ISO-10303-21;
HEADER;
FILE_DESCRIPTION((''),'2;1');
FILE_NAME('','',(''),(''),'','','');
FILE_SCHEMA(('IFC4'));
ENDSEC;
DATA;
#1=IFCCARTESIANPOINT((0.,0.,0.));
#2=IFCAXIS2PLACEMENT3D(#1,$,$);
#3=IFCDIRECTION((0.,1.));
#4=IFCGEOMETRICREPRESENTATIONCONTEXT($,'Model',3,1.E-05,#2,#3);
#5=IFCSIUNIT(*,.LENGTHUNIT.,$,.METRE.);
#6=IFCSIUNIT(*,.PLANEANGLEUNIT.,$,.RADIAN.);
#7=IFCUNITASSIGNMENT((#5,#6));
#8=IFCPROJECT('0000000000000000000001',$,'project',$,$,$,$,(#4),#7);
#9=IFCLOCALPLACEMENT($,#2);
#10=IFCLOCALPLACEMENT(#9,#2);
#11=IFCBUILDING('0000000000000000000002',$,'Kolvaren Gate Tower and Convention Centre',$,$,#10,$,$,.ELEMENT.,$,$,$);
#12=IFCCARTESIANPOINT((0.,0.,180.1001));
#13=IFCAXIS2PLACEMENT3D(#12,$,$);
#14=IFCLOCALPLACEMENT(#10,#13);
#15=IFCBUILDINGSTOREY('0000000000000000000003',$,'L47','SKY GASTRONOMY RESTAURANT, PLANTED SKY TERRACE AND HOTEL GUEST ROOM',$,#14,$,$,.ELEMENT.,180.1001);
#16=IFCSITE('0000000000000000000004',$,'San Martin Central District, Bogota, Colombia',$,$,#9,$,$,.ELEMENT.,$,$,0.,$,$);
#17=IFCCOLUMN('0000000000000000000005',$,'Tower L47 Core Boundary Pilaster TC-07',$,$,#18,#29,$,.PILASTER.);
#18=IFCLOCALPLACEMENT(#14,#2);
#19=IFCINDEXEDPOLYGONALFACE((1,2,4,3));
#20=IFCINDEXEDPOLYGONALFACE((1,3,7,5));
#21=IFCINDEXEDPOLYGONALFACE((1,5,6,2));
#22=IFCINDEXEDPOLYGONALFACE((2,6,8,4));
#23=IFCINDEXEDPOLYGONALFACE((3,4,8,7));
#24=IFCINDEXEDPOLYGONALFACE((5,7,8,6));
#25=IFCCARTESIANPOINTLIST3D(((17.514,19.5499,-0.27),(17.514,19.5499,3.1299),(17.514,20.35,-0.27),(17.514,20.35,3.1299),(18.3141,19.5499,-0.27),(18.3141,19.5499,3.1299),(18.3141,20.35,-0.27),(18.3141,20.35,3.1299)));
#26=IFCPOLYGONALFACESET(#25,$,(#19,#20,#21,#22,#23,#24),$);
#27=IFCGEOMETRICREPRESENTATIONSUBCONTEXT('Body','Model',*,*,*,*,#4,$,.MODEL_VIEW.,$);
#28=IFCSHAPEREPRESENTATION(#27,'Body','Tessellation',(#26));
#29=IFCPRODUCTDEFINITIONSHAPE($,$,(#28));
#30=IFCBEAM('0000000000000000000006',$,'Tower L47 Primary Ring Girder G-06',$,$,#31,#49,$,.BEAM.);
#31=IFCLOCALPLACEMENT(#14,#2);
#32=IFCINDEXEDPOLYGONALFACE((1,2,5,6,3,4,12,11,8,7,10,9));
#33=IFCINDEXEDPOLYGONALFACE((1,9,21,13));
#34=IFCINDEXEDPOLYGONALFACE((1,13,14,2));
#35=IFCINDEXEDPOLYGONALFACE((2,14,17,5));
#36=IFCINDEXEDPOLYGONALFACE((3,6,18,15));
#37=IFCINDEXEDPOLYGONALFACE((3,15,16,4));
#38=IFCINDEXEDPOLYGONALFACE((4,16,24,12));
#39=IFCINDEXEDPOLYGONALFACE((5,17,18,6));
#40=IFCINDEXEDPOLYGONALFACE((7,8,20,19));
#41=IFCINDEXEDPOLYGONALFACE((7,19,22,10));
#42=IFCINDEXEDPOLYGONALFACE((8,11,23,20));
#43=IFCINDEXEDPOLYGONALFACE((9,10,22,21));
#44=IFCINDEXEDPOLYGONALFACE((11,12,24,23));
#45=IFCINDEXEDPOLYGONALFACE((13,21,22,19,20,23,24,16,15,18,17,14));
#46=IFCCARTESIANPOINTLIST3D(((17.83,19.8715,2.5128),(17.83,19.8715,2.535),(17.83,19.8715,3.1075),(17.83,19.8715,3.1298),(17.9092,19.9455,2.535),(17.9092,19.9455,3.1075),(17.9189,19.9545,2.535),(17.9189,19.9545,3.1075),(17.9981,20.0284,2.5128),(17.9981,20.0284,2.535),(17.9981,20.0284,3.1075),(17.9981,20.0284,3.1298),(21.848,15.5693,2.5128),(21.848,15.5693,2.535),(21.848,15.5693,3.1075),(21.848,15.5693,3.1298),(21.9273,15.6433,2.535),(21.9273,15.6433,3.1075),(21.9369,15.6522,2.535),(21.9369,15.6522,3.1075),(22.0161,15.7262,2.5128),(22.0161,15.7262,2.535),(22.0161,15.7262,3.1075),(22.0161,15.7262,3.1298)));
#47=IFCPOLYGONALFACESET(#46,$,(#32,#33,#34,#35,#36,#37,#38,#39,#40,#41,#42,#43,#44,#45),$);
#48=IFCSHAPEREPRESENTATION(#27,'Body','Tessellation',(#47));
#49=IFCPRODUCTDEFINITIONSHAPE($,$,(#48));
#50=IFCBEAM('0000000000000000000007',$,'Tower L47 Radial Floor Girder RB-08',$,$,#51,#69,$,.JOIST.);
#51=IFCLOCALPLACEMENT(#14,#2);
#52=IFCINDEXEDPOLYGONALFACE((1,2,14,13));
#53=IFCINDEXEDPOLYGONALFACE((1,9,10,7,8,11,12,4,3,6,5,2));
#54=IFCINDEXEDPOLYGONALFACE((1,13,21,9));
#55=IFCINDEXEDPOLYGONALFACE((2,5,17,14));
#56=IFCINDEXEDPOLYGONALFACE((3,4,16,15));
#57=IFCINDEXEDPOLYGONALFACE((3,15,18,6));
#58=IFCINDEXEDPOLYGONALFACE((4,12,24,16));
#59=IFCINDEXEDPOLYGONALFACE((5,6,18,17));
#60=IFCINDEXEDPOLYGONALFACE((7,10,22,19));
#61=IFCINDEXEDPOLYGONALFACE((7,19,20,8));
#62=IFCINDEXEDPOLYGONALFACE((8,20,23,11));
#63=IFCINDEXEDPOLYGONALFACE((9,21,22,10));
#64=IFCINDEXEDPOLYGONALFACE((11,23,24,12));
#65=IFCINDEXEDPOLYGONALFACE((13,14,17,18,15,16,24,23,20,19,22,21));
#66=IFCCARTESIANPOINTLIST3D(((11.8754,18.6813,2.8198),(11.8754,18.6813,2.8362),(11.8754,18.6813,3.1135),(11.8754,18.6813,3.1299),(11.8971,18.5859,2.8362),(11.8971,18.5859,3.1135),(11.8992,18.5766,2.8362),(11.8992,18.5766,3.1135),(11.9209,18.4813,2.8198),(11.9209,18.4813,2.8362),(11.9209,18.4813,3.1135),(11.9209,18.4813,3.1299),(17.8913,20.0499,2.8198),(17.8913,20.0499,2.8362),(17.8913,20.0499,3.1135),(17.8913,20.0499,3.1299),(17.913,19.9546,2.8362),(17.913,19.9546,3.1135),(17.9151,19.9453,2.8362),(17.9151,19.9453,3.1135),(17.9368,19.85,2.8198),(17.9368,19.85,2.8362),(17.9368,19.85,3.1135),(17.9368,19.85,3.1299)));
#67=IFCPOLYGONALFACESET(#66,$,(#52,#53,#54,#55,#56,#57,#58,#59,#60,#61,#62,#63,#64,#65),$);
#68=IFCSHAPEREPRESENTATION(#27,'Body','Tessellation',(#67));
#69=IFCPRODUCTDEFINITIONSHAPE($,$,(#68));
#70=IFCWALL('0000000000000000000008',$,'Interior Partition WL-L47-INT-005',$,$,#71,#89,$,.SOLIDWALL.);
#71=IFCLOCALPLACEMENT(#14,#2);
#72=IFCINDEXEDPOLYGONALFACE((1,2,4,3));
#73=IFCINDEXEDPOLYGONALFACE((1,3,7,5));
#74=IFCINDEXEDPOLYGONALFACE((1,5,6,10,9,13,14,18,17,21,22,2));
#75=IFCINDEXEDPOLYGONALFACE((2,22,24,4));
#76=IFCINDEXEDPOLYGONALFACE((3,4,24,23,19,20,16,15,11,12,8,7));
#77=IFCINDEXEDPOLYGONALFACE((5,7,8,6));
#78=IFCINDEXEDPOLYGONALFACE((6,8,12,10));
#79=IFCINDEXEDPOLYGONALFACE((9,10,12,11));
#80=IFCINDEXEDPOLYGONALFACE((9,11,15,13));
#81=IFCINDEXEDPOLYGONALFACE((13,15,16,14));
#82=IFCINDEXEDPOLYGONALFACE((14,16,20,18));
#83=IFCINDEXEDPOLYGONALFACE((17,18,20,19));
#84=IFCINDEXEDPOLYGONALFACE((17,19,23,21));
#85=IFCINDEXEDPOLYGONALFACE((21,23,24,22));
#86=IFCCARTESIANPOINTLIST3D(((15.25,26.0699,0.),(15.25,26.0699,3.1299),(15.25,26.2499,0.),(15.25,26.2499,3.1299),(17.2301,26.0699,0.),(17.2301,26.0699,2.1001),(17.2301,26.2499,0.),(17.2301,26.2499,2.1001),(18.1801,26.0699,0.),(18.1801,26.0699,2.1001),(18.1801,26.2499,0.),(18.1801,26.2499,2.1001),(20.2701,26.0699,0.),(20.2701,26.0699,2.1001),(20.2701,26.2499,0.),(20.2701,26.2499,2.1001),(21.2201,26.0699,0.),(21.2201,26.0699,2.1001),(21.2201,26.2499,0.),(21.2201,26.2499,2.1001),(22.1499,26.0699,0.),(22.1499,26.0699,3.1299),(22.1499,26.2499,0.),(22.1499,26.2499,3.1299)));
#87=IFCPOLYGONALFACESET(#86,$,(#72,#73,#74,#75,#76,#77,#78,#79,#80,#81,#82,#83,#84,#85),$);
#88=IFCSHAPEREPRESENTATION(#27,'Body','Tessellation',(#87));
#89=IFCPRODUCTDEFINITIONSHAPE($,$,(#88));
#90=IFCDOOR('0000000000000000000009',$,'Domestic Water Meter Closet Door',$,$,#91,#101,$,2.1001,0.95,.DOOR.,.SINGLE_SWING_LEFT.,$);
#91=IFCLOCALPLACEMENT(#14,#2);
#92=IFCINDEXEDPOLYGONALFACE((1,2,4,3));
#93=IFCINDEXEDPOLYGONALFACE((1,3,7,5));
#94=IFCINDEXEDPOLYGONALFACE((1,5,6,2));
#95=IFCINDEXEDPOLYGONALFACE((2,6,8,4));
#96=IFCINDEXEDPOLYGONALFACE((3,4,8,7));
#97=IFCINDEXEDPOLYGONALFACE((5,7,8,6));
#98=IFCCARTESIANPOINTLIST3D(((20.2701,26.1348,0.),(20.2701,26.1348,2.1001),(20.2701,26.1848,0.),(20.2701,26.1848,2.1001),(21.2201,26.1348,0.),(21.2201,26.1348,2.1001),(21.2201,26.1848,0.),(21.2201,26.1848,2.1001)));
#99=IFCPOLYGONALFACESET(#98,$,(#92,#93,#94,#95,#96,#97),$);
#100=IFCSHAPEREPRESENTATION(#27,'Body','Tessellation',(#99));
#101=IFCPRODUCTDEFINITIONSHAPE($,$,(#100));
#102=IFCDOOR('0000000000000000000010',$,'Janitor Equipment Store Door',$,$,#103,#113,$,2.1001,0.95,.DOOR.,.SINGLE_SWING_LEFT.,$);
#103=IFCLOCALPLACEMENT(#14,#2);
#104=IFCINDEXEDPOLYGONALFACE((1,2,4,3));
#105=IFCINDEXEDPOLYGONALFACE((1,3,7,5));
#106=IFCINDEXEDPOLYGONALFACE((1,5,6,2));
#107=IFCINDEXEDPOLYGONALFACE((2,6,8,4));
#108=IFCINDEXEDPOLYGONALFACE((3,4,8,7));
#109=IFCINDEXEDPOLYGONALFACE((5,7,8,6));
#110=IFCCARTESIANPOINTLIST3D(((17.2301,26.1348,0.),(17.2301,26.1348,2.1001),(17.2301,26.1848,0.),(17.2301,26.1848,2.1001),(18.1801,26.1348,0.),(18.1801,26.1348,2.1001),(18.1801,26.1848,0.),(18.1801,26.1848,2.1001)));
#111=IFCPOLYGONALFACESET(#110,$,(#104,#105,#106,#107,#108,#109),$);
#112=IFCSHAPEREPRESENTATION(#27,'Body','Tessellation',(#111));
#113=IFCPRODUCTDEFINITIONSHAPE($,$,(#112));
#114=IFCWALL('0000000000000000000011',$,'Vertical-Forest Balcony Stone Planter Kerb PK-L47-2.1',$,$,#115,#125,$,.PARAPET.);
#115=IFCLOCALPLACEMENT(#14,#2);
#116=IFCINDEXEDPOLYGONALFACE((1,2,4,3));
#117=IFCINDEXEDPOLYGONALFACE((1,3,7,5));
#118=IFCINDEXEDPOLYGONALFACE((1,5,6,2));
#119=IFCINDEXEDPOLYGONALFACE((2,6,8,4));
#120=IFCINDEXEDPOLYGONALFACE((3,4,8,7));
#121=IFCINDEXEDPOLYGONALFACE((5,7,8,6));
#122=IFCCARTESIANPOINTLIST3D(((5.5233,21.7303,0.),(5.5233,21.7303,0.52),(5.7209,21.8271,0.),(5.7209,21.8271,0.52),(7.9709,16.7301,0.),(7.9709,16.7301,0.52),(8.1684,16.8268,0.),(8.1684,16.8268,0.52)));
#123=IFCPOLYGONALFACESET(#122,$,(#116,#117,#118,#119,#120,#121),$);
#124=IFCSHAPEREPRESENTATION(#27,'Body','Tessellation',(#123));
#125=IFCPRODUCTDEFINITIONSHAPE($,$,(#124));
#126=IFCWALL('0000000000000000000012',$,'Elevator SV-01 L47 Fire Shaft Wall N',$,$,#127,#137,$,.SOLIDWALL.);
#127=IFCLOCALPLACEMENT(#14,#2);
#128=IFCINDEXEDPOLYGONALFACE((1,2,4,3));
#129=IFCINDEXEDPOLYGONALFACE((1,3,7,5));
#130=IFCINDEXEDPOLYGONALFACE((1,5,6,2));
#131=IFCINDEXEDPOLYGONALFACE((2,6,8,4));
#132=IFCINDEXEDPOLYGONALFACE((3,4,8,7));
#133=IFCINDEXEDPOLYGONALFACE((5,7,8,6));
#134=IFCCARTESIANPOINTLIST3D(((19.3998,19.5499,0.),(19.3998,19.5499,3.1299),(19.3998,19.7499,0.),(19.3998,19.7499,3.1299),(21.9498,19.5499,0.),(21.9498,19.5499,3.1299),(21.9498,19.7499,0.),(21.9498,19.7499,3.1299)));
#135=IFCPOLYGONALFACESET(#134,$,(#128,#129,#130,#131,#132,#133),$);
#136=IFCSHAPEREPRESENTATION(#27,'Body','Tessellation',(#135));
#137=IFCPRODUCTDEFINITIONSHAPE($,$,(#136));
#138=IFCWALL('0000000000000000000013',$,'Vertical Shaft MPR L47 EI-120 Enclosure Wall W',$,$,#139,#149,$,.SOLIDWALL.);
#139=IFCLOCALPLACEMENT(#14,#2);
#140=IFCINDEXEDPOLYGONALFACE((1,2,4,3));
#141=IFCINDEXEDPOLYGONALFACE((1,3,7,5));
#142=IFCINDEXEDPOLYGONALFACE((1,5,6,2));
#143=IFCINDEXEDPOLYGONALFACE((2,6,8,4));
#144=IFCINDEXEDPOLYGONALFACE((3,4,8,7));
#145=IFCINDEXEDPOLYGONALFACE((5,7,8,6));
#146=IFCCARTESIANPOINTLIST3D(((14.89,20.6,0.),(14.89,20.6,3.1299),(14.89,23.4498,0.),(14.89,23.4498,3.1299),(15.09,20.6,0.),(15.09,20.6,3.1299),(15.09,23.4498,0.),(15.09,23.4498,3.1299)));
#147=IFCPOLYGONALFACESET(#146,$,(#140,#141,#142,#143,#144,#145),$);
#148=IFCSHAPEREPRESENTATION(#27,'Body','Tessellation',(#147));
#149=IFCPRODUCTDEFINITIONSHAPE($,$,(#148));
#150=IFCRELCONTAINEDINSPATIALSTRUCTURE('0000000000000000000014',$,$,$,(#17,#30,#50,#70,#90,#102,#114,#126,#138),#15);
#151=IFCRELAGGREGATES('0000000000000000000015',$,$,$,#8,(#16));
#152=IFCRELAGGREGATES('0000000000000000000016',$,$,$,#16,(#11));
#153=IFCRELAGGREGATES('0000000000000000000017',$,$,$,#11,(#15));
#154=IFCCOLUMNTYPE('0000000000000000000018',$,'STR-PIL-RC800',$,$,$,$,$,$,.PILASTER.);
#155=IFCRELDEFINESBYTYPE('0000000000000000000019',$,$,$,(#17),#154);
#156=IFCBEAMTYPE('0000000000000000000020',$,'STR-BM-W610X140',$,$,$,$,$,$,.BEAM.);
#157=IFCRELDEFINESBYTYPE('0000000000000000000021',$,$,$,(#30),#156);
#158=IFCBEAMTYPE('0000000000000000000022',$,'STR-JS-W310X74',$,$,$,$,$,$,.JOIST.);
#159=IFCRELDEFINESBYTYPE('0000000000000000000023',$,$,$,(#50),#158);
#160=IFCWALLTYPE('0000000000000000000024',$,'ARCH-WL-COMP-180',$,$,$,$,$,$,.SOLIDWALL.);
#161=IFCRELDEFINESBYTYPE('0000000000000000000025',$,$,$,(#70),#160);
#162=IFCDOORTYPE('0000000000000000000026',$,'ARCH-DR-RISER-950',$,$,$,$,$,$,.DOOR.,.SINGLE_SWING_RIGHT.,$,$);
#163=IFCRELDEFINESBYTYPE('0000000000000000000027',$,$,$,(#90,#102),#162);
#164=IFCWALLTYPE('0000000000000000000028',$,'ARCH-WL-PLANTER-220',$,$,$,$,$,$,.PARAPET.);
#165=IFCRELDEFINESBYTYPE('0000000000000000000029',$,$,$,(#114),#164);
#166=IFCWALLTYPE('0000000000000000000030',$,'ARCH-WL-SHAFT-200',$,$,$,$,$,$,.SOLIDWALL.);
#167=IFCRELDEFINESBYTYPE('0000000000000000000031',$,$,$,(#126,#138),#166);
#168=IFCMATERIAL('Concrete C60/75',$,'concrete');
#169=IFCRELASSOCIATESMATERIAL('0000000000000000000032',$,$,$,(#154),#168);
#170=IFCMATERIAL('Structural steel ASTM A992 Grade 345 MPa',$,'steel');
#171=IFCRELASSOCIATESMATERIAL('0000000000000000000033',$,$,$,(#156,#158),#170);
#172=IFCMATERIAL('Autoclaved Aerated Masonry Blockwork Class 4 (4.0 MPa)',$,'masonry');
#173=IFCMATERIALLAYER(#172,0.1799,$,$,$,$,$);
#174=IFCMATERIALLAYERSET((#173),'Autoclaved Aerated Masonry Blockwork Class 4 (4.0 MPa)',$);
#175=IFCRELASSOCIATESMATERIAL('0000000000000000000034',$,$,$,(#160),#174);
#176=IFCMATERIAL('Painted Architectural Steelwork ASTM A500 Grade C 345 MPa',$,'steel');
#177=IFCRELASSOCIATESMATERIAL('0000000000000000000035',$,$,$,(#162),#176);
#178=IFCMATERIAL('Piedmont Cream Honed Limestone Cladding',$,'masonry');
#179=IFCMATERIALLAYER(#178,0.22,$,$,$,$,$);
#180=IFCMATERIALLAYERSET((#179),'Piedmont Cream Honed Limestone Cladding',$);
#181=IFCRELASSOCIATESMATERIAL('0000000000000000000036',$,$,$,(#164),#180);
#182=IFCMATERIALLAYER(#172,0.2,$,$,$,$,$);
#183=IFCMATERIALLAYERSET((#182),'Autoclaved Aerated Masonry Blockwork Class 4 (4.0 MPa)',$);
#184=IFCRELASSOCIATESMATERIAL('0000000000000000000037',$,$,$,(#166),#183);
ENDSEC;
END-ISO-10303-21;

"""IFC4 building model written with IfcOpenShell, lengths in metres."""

from ifc_helpers import new_model, si_unit, direction, frame, frame_2d, origin, origin_2d, place, context, subcontext, project, spatial, rectangle, i_section, extrude, material, layer, layer_set, material_profile, profile_set, type_object, element, fill, save


model = new_model("IFC4")

# Units and contexts
model_context = context("Model", 3, precision=1e-05, world=origin(), true_north=direction((0.0, 1.0)))
body_context = subcontext(model_context, "Body", "Model", "MODEL_VIEW")
ifc_project = project(units=[si_unit("LENGTHUNIT", "METRE"), si_unit("PLANEANGLEUNIT", "RADIAN")], contexts=[model_context])

# Site, building, storey
site_placement = place(None, origin())
site = spatial("IfcSite", under=ifc_project, at=site_placement, Name="San Martin Central District, Bogota, Colombia", CompositionType="ELEMENT", RefElevation=0.0)
building_placement = place(site_placement, origin())
building = spatial("IfcBuilding", under=site, at=building_placement, Name="Kolvaren Gate Tower and Convention Centre", CompositionType="ELEMENT")
storey_placement = place(building_placement, frame((0.0, 0.0, 180.1001)))
storey = spatial("IfcBuildingStorey", under=building, at=storey_placement, Name="L47", Description="SKY GASTRONOMY RESTAURANT, PLANTED SKY TERRACE AND HOTEL GUEST ROOM", CompositionType="ELEMENT", Elevation=180.1001)

# Column
ifc_material_1 = material(Name="Concrete C60/75", Category="concrete")
ifc_material_profile_1 = material_profile(ifc_material_1, rectangle(XDim=0.8, YDim=0.8, at=origin_2d()), Name="RC-COL-800X800")
ifc_profile_set_1 = profile_set([ifc_material_profile_1], Name="Concrete C60/75")
column_type = type_object("IfcColumnType", Name="STR-PIL-RC800", PredefinedType="PILASTER", material=ifc_profile_set_1)
column_placement = place(storey_placement, frame((17.9141, 19.95, -0.27), z_axis=(0.0, 0.0, 1.0), x_axis=(1.0, 0.0, 0.0)))
element("IfcColumn", 1, at=column_placement, inside=storey, type_object=column_type, Name="Tower L47 Core Boundary Pilaster TC-07", PredefinedType="PILASTER", context=body_context, shape_type="SweptSolid", body=[
    extrude(rectangle(XDim=0.8, YDim=0.8, at=origin_2d()), origin(), (0.0, 0.0, 1.0), 3.3999),
])

# Beams
ifc_material_2 = material(Name="Structural steel ASTM A992 Grade 345 MPa", Category="steel")
ifc_material_profile_2 = material_profile(ifc_material_2, i_section(OverallWidth=0.23, OverallDepth=0.6169, WebThickness=0.0132, FlangeThickness=0.0222, at=origin_2d()), Name="W610X140")
ifc_profile_set_2 = profile_set([ifc_material_profile_2], Name="Structural steel ASTM A992 Grade 345 MPa")
beam_type_1 = type_object("IfcBeamType", Name="STR-BM-W610X140", PredefinedType="BEAM", material=ifc_profile_set_2)
beam_1_placement = place(storey_placement, frame((17.9141, 19.95, 2.8213), z_axis=(0.682558, -0.730832, 0.0), x_axis=(0.730832, 0.682558, 0.0)))
element("IfcBeam", 2, at=beam_1_placement, inside=storey, type_object=beam_type_1, Name="Tower L47 Primary Ring Girder G-06", PredefinedType="BEAM", context=body_context, shape_type="SweptSolid", body=[
    extrude(i_section(OverallWidth=0.23, OverallDepth=0.6169, WebThickness=0.0132, FlangeThickness=0.0222, at=origin_2d()), origin(), (0.0, 0.0, 1.0), 5.8867),
])
ifc_material_profile_3 = material_profile(ifc_material_2, i_section(OverallWidth=0.2051, OverallDepth=0.3101, WebThickness=0.0095, FlangeThickness=0.0164, at=origin_2d()), Name="W310X74")
ifc_profile_set_3 = profile_set([ifc_material_profile_3], Name="Structural steel ASTM A992 Grade 345 MPa")
beam_type_2 = type_object("IfcBeamType", Name="STR-JS-W310X74", PredefinedType="JOIST", material=ifc_profile_set_3)
beam_2_placement = place(storey_placement, frame((17.9141, 19.95, 2.9749), z_axis=(-0.975083, -0.221838, 0.0), x_axis=(0.221838, -0.975083, 0.0)))
element("IfcBeam", 3, at=beam_2_placement, inside=storey, type_object=beam_type_2, Name="Tower L47 Radial Floor Girder RB-08", PredefinedType="JOIST", context=body_context, shape_type="SweptSolid", body=[
    extrude(i_section(OverallWidth=0.2051, OverallDepth=0.3101, WebThickness=0.0095, FlangeThickness=0.0164, at=origin_2d()), origin(), (0.0, 0.0, 1.0), 6.1697),
])

# Wall, openings, doors
ifc_material_3 = material(Name="Autoclaved Aerated Masonry Blockwork Class 4 (4.0 MPa)", Category="masonry")
ifc_layer_1 = layer(ifc_material_3, 0.1799)
ifc_layer_set_1 = layer_set([ifc_layer_1], Name="Autoclaved Aerated Masonry Blockwork Class 4 (4.0 MPa)")
wall_type_1 = type_object("IfcWallType", Name="ARCH-WL-COMP-180", PredefinedType="SOLIDWALL", material=ifc_layer_set_1)
wall_1_placement = place(storey_placement, frame((15.25, 26.1599, 0.0), z_axis=(0.0, 0.0, 1.0), x_axis=(1.0, 0.0, 0.0)))
wall_1 = element("IfcWall", 4, at=wall_1_placement, inside=storey, type_object=wall_type_1, Name="Interior Partition WL-L47-INT-005", PredefinedType="SOLIDWALL", context=body_context, shape_type="SweptSolid", body=[
    extrude(rectangle(XDim=6.8999, YDim=0.1799, at=frame_2d((3.45, 0.0))), origin(), (0.0, 0.0, 1.0), 3.1299),
])
opening_1_placement = place(wall_1_placement, frame((5.02, 0.0, 0.0)))
opening_1 = element("IfcOpeningElement", 5, at=opening_1_placement, cuts=wall_1, PredefinedType="OPENING", context=body_context, shape_type="SweptSolid", body=[
    extrude(rectangle(XDim=0.95, YDim=2.1001, at=frame_2d((0.4751, 1.05))), frame((0.0, 0.0999, 0.0), z_axis=(0.0, -1.0, 0.0), x_axis=(1.0, 0.0, 0.0)), (0.0, 0.0, 1.0), 0.2),
])
opening_2_placement = place(wall_1_placement, frame((1.98, 0.0, 0.0)))
opening_2 = element("IfcOpeningElement", 6, at=opening_2_placement, cuts=wall_1, PredefinedType="OPENING", context=body_context, shape_type="SweptSolid", body=[
    extrude(rectangle(XDim=0.95, YDim=2.1001, at=frame_2d((0.4751, 1.05))), frame((0.0, 0.0999, 0.0), z_axis=(0.0, -1.0, 0.0), x_axis=(1.0, 0.0, 0.0)), (0.0, 0.0, 1.0), 0.2),
])
ifc_material_4 = material(Name="Painted Architectural Steelwork ASTM A500 Grade C 345 MPa", Category="steel")
door_type = type_object("IfcDoorType", Name="ARCH-DR-RISER-950", OperationType="SINGLE_SWING_RIGHT", PredefinedType="DOOR", material=ifc_material_4)
door_1_placement = place(opening_1_placement, origin())
door_1 = element("IfcDoor", 7, at=door_1_placement, inside=storey, type_object=door_type, Name="Domestic Water Meter Closet Door", OperationType="SINGLE_SWING_LEFT", OverallHeight=2.1001, OverallWidth=0.95, PredefinedType="DOOR", context=body_context, shape_type="SweptSolid", body=[
    extrude(rectangle(XDim=0.95, YDim=2.1001, at=frame_2d((0.4751, 1.05))), frame((0.0, 0.0249, 0.0), z_axis=(0.0, -1.0, 0.0), x_axis=(1.0, 0.0, 0.0)), (0.0, 0.0, 1.0), 0.05),
])
fill(opening_1, door_1)
door_2_placement = place(opening_2_placement, origin())
door_2 = element("IfcDoor", 8, at=door_2_placement, inside=storey, type_object=door_type, Name="Janitor Equipment Store Door", OperationType="SINGLE_SWING_LEFT", OverallHeight=2.1001, OverallWidth=0.95, PredefinedType="DOOR", context=body_context, shape_type="SweptSolid", body=[
    extrude(rectangle(XDim=0.95, YDim=2.1001, at=frame_2d((0.4751, 1.05))), frame((0.0, 0.0249, 0.0), z_axis=(0.0, -1.0, 0.0), x_axis=(1.0, 0.0, 0.0)), (0.0, 0.0, 1.0), 0.05),
])
fill(opening_2, door_2)

# Walls
ifc_material_5 = material(Name="Piedmont Cream Honed Limestone Cladding", Category="masonry")
ifc_layer_2 = layer(ifc_material_5, 0.22)
ifc_layer_set_2 = layer_set([ifc_layer_2], Name="Piedmont Cream Honed Limestone Cladding")
wall_type_2 = type_object("IfcWallType", Name="ARCH-WL-PLANTER-220", PredefinedType="PARAPET", material=ifc_layer_set_2)
wall_2_placement = place(storey_placement, frame((5.6221, 21.7788, 0.0), z_axis=(0.0, 0.0, 1.0), x_axis=(0.439637, -0.898175, 0.0)))
element("IfcWall", 9, at=wall_2_placement, inside=storey, type_object=wall_type_2, Name="Vertical-Forest Balcony Stone Planter Kerb PK-L47-2.1", PredefinedType="PARAPET", context=body_context, shape_type="SweptSolid", body=[
    extrude(rectangle(XDim=5.5671, YDim=0.22, at=frame_2d((2.7837, 0.0))), origin(), (0.0, 0.0, 1.0), 0.52),
])
ifc_layer_3 = layer(ifc_material_3, 0.2)
ifc_layer_set_3 = layer_set([ifc_layer_3], Name="Autoclaved Aerated Masonry Blockwork Class 4 (4.0 MPa)")
wall_type_3 = type_object("IfcWallType", Name="ARCH-WL-SHAFT-200", PredefinedType="SOLIDWALL", material=ifc_layer_set_3)
wall_3_placement = place(storey_placement, frame((19.3999, 19.6499, 0.0), z_axis=(0.0, 0.0, 1.0), x_axis=(1.0, 0.0, 0.0)))
element("IfcWall", 10, at=wall_3_placement, inside=storey, type_object=wall_type_3, Name="Elevator SV-01 L47 Fire Shaft Wall N", PredefinedType="SOLIDWALL", context=body_context, shape_type="SweptSolid", body=[
    extrude(rectangle(XDim=2.55, YDim=0.2, at=frame_2d((1.2749, 0.0))), origin(), (0.0, 0.0, 1.0), 3.1299),
])
wall_4_placement = place(storey_placement, frame((14.99, 20.6001, 0.0), z_axis=(0.0, 0.0, 1.0), x_axis=(0.0, 1.0, 0.0)))
element("IfcWall", 11, at=wall_4_placement, inside=storey, type_object=wall_type_3, Name="Vertical Shaft MPR L47 EI-120 Enclosure Wall W", PredefinedType="SOLIDWALL", context=body_context, shape_type="SweptSolid", body=[
    extrude(rectangle(XDim=2.8499, YDim=0.2, at=frame_2d((1.4248, 0.0))), origin(), (0.0, 0.0, 1.0), 3.1299),
])

save(model, "model.ifc")
